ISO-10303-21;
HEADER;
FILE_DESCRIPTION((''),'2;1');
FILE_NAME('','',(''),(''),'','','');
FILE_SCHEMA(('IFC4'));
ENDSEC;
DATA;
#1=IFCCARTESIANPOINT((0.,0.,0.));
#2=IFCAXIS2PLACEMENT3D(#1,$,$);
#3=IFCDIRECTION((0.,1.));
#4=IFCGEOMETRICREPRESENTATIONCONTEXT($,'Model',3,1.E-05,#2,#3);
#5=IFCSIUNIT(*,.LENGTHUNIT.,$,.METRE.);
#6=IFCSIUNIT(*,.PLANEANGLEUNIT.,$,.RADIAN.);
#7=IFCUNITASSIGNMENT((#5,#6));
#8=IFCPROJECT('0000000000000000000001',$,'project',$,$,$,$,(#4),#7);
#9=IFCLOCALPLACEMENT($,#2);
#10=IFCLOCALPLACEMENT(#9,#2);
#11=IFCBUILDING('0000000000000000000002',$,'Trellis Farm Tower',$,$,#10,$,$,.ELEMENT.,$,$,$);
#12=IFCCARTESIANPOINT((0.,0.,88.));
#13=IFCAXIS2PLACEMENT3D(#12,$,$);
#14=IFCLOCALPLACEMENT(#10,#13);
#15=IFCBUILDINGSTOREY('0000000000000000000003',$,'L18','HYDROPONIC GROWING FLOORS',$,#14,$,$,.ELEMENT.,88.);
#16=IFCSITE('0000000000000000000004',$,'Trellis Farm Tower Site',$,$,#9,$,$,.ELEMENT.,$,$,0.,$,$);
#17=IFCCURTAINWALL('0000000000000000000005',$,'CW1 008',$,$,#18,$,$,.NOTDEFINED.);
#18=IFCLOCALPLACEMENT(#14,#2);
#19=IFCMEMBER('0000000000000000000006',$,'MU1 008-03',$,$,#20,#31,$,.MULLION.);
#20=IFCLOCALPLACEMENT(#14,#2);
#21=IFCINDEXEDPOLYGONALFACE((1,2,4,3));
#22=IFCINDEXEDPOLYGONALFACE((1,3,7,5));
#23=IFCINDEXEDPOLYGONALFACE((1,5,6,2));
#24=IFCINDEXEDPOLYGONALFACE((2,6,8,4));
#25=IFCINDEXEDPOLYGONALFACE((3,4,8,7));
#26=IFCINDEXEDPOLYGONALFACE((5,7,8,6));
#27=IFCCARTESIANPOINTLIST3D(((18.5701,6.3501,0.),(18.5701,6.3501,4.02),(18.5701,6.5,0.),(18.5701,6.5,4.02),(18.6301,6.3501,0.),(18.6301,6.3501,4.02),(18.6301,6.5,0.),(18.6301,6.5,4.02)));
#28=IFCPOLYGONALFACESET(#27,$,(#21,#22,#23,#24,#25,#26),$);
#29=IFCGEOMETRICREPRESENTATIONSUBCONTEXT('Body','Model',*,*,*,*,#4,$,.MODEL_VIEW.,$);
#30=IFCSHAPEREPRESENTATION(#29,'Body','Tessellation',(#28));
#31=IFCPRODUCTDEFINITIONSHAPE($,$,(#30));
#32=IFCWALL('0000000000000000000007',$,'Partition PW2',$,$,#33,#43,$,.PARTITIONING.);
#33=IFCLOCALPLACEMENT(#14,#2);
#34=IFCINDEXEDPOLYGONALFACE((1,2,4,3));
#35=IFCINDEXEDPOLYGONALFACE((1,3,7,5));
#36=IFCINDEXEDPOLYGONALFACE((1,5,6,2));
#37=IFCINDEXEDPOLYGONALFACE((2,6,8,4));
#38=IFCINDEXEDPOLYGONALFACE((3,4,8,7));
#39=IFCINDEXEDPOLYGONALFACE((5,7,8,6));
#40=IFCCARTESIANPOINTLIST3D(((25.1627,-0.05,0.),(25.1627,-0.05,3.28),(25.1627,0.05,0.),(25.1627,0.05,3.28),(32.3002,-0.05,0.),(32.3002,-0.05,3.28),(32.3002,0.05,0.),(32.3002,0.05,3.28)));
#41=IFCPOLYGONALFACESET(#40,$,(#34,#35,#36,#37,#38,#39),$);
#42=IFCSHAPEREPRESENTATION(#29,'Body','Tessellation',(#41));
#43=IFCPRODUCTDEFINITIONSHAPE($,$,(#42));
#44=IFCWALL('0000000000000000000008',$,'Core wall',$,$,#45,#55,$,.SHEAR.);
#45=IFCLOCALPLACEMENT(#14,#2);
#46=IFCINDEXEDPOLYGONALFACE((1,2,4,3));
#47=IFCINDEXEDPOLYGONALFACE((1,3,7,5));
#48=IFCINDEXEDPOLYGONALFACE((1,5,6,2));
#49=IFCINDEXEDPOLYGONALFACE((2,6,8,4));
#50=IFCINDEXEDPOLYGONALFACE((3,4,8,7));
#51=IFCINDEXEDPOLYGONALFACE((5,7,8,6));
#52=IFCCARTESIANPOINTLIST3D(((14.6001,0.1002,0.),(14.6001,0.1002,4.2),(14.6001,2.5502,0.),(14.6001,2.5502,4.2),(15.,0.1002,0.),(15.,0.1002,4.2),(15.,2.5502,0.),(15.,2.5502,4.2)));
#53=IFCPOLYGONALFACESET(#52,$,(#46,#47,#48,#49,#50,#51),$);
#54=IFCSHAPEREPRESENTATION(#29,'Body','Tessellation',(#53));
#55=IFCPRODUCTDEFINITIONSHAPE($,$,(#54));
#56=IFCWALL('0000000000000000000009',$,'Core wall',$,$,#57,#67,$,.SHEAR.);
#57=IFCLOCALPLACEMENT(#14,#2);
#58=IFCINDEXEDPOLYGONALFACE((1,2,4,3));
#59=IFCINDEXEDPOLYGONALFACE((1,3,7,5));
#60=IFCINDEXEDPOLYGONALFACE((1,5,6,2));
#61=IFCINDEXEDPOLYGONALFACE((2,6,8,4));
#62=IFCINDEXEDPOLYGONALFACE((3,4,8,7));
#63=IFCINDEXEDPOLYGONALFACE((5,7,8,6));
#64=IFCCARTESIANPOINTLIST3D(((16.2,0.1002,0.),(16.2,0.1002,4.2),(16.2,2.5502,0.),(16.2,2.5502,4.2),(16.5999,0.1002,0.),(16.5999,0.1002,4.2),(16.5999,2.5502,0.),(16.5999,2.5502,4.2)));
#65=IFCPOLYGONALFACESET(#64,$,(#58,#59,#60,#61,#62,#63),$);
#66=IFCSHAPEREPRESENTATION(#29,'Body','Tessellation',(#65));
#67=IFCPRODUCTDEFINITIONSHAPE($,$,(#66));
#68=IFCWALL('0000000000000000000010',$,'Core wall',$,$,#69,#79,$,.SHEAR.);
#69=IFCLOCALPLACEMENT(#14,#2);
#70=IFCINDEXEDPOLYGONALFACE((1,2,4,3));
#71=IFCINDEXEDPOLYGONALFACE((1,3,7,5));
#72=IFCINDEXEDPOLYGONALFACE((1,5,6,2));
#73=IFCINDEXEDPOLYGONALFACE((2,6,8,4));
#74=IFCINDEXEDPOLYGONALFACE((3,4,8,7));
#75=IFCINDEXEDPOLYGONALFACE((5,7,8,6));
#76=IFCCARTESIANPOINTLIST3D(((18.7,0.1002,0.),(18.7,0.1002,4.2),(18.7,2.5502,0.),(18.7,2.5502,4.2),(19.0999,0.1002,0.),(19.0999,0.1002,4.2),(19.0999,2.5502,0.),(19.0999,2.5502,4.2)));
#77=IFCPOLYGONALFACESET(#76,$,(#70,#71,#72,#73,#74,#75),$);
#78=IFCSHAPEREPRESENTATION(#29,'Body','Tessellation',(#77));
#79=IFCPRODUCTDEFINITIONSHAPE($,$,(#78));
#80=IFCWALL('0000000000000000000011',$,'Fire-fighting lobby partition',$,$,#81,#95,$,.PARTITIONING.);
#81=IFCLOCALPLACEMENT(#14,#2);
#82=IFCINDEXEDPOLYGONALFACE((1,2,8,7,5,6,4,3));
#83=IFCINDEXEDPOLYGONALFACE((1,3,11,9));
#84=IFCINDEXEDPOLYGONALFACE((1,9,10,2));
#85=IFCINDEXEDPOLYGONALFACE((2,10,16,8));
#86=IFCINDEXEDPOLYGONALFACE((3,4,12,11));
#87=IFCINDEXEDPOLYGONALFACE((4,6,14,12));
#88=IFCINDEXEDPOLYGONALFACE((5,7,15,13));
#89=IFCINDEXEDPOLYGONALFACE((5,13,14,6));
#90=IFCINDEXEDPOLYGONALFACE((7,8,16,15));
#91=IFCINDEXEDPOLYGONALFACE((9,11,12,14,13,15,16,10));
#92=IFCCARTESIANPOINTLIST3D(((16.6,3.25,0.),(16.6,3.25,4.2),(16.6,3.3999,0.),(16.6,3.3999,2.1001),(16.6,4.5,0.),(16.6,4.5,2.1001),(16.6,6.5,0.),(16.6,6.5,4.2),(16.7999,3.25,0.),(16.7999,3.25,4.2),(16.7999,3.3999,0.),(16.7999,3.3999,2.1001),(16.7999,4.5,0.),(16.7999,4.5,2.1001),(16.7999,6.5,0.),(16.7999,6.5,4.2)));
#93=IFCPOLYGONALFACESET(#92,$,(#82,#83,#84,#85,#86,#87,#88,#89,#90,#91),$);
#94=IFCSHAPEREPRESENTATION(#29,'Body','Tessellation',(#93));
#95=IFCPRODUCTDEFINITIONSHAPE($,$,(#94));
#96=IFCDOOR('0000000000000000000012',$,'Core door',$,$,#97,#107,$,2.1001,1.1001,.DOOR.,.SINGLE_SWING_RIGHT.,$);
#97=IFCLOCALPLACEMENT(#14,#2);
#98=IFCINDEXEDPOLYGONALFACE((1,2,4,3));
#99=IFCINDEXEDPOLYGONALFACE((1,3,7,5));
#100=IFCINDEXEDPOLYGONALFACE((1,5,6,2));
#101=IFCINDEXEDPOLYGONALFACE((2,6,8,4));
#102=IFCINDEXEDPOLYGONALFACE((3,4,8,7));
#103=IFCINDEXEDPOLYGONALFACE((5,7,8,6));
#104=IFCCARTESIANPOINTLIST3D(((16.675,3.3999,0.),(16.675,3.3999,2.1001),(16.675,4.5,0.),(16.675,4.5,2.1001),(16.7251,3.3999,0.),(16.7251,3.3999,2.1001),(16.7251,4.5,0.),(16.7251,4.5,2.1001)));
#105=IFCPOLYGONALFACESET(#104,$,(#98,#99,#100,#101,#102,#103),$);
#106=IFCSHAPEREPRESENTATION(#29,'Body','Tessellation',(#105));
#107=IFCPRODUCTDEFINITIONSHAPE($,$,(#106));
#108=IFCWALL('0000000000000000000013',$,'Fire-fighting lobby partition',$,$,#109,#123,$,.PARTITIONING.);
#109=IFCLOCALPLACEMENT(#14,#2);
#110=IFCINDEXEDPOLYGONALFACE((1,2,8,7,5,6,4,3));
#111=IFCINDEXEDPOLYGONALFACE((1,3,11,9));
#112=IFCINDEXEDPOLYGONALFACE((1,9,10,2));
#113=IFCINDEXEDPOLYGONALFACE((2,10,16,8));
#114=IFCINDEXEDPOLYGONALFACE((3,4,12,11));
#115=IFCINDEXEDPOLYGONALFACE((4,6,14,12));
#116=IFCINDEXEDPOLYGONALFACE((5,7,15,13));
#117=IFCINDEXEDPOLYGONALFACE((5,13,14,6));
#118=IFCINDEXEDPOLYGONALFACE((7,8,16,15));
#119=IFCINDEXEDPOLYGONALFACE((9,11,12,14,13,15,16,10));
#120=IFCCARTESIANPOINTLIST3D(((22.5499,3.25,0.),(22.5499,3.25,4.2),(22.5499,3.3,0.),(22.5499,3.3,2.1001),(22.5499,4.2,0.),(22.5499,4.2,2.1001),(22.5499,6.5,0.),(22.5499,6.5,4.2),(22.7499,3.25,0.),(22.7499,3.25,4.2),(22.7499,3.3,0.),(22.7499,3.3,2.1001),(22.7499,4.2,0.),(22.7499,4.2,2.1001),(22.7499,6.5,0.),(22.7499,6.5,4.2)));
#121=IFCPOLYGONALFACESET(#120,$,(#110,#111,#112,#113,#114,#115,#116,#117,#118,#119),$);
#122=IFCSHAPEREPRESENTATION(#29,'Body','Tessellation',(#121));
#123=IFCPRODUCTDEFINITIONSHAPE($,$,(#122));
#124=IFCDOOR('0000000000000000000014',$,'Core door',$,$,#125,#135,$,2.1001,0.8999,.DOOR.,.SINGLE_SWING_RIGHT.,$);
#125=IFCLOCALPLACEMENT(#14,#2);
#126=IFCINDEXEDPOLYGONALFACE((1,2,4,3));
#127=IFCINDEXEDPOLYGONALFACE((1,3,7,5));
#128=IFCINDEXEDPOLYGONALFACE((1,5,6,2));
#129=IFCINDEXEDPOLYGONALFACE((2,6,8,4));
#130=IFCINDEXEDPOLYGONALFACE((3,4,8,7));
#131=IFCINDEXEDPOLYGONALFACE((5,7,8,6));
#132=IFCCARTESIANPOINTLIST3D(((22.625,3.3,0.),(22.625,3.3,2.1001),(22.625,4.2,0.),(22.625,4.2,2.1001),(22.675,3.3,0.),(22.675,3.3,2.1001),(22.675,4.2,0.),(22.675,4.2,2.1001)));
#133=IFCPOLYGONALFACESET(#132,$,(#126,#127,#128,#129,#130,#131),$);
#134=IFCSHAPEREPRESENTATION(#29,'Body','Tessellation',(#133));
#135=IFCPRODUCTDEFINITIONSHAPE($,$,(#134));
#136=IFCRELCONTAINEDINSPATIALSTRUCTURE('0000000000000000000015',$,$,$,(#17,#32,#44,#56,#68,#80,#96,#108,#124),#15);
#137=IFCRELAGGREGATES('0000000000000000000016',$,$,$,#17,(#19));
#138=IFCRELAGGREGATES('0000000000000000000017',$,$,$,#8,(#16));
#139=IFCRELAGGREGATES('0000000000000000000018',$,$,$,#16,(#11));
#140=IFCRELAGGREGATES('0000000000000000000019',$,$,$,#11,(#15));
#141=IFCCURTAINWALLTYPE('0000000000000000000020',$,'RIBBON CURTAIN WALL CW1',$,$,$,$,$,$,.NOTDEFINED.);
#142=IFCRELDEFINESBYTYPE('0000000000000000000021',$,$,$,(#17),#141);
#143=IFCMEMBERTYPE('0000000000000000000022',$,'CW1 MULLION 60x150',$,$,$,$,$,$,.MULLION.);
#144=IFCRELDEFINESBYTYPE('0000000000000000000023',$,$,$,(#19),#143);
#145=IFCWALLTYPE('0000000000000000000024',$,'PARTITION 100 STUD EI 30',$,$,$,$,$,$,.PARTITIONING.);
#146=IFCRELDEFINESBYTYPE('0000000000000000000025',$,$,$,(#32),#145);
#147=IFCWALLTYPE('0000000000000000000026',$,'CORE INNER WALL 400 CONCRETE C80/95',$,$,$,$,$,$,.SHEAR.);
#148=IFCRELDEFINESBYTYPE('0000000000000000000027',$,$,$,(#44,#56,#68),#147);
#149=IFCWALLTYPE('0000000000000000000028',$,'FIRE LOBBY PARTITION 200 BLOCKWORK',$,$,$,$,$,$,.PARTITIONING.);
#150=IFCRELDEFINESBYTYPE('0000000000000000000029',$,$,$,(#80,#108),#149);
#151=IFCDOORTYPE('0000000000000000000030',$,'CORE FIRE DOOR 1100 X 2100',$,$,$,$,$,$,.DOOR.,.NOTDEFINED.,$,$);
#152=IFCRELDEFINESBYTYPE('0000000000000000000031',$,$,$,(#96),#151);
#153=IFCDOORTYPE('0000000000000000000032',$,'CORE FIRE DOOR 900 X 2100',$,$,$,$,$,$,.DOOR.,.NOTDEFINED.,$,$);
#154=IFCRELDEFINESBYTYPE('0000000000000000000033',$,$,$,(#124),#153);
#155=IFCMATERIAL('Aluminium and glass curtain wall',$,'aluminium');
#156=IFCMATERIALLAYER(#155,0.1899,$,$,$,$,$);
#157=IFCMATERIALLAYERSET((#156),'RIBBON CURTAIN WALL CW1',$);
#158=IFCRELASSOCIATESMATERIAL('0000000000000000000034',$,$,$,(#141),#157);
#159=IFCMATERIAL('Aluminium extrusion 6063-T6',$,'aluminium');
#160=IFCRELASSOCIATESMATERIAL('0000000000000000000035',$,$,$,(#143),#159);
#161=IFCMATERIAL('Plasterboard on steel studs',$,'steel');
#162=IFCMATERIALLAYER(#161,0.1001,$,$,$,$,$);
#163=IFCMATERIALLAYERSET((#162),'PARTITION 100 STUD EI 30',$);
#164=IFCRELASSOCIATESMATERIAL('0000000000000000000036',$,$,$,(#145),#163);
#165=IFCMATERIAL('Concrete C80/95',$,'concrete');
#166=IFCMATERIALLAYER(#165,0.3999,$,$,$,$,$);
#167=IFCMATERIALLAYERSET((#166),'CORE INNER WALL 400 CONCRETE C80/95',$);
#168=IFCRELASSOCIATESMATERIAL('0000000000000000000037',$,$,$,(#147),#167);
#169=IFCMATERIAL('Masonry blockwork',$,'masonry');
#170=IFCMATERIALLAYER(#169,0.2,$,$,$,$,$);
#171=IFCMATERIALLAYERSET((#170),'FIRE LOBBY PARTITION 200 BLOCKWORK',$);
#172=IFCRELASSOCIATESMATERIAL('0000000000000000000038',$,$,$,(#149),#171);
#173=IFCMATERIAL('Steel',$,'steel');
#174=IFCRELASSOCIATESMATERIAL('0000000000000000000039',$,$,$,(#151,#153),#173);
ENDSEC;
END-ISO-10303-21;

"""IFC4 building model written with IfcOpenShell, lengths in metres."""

from ifc_helpers import new_model, si_unit, direction, frame, frame_2d, origin, origin_2d, place, context, subcontext, project, spatial, rectangle, extrude, source, transform, mapped, material, layer, layer_set, material_profile, profile_set, type_object, element, fill, aggregate, save


model = new_model("IFC4")

# Units and contexts
model_context = context("Model", 3, precision=1e-05, world=origin(), true_north=direction((0.0, 1.0)))
body_context = subcontext(model_context, "Body", "Model", "MODEL_VIEW")
ifc_project = project(units=[si_unit("LENGTHUNIT", "METRE"), si_unit("PLANEANGLEUNIT", "RADIAN")], contexts=[model_context])

# Site, building, storey
site_placement = place(None, origin())
site = spatial("IfcSite", under=ifc_project, at=site_placement, Name="Trellis Farm Tower Site", CompositionType="ELEMENT", RefElevation=0.0)
building_placement = place(site_placement, origin())
building = spatial("IfcBuilding", under=site, at=building_placement, Name="Trellis Farm Tower", CompositionType="ELEMENT")
storey_placement = place(building_placement, frame((0.0, 0.0, 88.0)))
storey = spatial("IfcBuildingStorey", under=building, at=storey_placement, Name="L18", Description="HYDROPONIC GROWING FLOORS", CompositionType="ELEMENT", Elevation=88.0)

# Shared definitions
ifc_material_1 = material(Name="Concrete C80/95", Category="concrete")

# Shared definitions
ifc_material_2 = material(Name="Aluminium and glass curtain wall", Category="aluminium")
ifc_layer_1 = layer(ifc_material_2, 0.1899)
ifc_layer_set_1 = layer_set([ifc_layer_1], Name="RIBBON CURTAIN WALL CW1")
curtain_wall_type = type_object("IfcCurtainWallType", Name="RIBBON CURTAIN WALL CW1", PredefinedType="NOTDEFINED", material=ifc_layer_set_1)
placement = place(storey_placement, origin())
ifc_material_3 = material(Name="Aluminium extrusion 6063-T6", Category="aluminium")
ifc_material_profile_1 = material_profile(ifc_material_3, rectangle(XDim=0.0601, YDim=0.1499, at=origin_2d()), Name="MULLION 60x150")
ifc_profile_set_1 = profile_set([ifc_material_profile_1], Name="Aluminium extrusion 6063-T6")
member_type = type_object("IfcMemberType", Name="CW1 MULLION 60x150", PredefinedType="MULLION", material=ifc_profile_set_1)
shared_shape_1 = source(origin(), body_context, "Body", "SweptSolid", [
    extrude(rectangle(XDim=0.0601, YDim=0.1499, at=origin_2d()), origin(), (0.0, 0.0, 1.0), 4.02),
])

# Curtain wall, member
curtain_wall_1 = element("IfcCurtainWall", 1, at=placement, inside=storey, type_object=curtain_wall_type, Name="CW1 008", PredefinedType="NOTDEFINED")
member_1_placement = place(storey_placement, frame((18.6001, 6.425, 0.0), z_axis=(0.0, 0.0, 1.0), x_axis=(-1.0, 0.0, 0.0)))
member_1 = element("IfcMember", 2, at=member_1_placement, type_object=member_type, Name="MU1 008-03", PredefinedType="MULLION", context=body_context, shape_type="MappedRepresentation", body=[
    mapped(shared_shape_1, transform((0.0, 0.0, 0.0))),
])
aggregate(curtain_wall_1, [member_1])

# Walls
ifc_material_4 = material(Name="Plasterboard on steel studs", Category="steel")
ifc_layer_2 = layer(ifc_material_4, 0.1001)
ifc_layer_set_2 = layer_set([ifc_layer_2], Name="PARTITION 100 STUD EI 30")
wall_type_1 = type_object("IfcWallType", Name="PARTITION 100 STUD EI 30", PredefinedType="PARTITIONING", material=ifc_layer_set_2)
wall_1_placement = place(storey_placement, frame((25.1626, 0.0, 0.0), z_axis=(0.0, 0.0, 1.0), x_axis=(1.0, 0.0, 0.0)))
element("IfcWall", 3, at=wall_1_placement, inside=storey, type_object=wall_type_1, Name="Partition PW2", PredefinedType="PARTITIONING", context=body_context, shape_type="SweptSolid", body=[
    extrude(rectangle(XDim=7.1375, YDim=0.1001, at=frame_2d((3.5688, 0.0))), origin(), (0.0, 0.0, 1.0), 3.28),
])
ifc_layer_3 = layer(ifc_material_1, 0.3999)
ifc_layer_set_3 = layer_set([ifc_layer_3], Name="CORE INNER WALL 400 CONCRETE C80/95")
wall_type_2 = type_object("IfcWallType", Name="CORE INNER WALL 400 CONCRETE C80/95", PredefinedType="SHEAR", material=ifc_layer_set_3)
shared_shape_2 = source(origin(), body_context, "Body", "SweptSolid", [
    extrude(rectangle(XDim=2.45, YDim=0.3999, at=frame_2d((1.2251, 0.0))), origin(), (0.0, 0.0, 1.0), 4.2),
])
for number, where, z_axis, x_axis, name in (
    (4, (14.8, 0.1001, 0.0), (0.0, 0.0, 1.0), (0.0, 1.0, 0.0), "Core wall"),
    (5, (16.3999, 0.1001, 0.0), (0.0, 0.0, 1.0), (0.0, 1.0, 0.0), "Core wall"),
    (6, (18.8999, 0.1001, 0.0), (0.0, 0.0, 1.0), (0.0, 1.0, 0.0), "Core wall"),
):
    element("IfcWall", number, at=place(storey_placement, frame(where, z_axis=z_axis, x_axis=x_axis)), inside=storey, type_object=wall_type_2, Name=name, PredefinedType="SHEAR", context=body_context, shape_type="MappedRepresentation", body=[
        mapped(shared_shape_2, transform((0.0, 0.0, 0.0))),
    ])

# Walls, openings, doors
ifc_material_5 = material(Name="Masonry blockwork", Category="masonry")
ifc_layer_4 = layer(ifc_material_5, 0.2)
ifc_layer_set_4 = layer_set([ifc_layer_4], Name="FIRE LOBBY PARTITION 200 BLOCKWORK")
wall_type_3 = type_object("IfcWallType", Name="FIRE LOBBY PARTITION 200 BLOCKWORK", PredefinedType="PARTITIONING", material=ifc_layer_set_4)
shared_shape_3 = source(origin(), body_context, "Body", "SweptSolid", [
    extrude(rectangle(XDim=3.25, YDim=0.2, at=frame_2d((1.625, 0.0))), origin(), (0.0, 0.0, 1.0), 4.2),
])
wall_2_placement = place(storey_placement, frame((16.7, 3.25, 0.0), z_axis=(0.0, 0.0, 1.0), x_axis=(0.0, 1.0, 0.0)))
wall_2 = element("IfcWall", 7, at=wall_2_placement, inside=storey, type_object=wall_type_3, Name="Fire-fighting lobby partition", PredefinedType="PARTITIONING", context=body_context, shape_type="MappedRepresentation", body=[
    mapped(shared_shape_3, transform((0.0, 0.0, 0.0))),
])
shared_shape_4 = source(origin(), body_context, "Body", "SweptSolid", [
    extrude(rectangle(XDim=1.1001, YDim=2.1001, at=frame_2d((0.55, 1.05))), frame((0.0, 0.1101, 0.0), z_axis=(0.0, -1.0, 0.0), x_axis=(1.0, 0.0, 0.0)), (0.0, 0.0, 1.0), 0.2202),
])
opening_1_placement = place(wall_2_placement, frame((0.1499, 0.0, 0.0)))
opening_1 = element("IfcOpeningElement", 8, at=opening_1_placement, cuts=wall_2, PredefinedType="OPENING", context=body_context, shape_type="MappedRepresentation", body=[
    mapped(shared_shape_4, transform((0.0, 0.0, 0.0))),
])
ifc_material_6 = material(Name="Steel", Category="steel")
door_type_1 = type_object("IfcDoorType", Name="CORE FIRE DOOR 1100 X 2100", OperationType="NOTDEFINED", PredefinedType="DOOR", material=ifc_material_6)
shared_shape_5 = source(origin(), body_context, "Body", "SweptSolid", [
    extrude(rectangle(XDim=1.1001, YDim=2.1001, at=frame_2d((0.55, 1.05))), frame((0.0, 0.0249, 0.0), z_axis=(0.0, -1.0, 0.0), x_axis=(1.0, 0.0, 0.0)), (0.0, 0.0, 1.0), 0.05),
])
door_1_placement = place(opening_1_placement, origin())
door_1 = element("IfcDoor", 9, at=door_1_placement, inside=storey, type_object=door_type_1, Name="Core door", OperationType="SINGLE_SWING_RIGHT", OverallHeight=2.1001, OverallWidth=1.1001, PredefinedType="DOOR", context=body_context, shape_type="MappedRepresentation", body=[
    mapped(shared_shape_5, transform((0.0, 0.0, 0.0))),
])
fill(opening_1, door_1)
wall_3_placement = place(storey_placement, frame((22.6499, 3.25, 0.0), z_axis=(0.0, 0.0, 1.0), x_axis=(0.0, 1.0, 0.0)))
wall_3 = element("IfcWall", 10, at=wall_3_placement, inside=storey, type_object=wall_type_3, Name="Fire-fighting lobby partition", PredefinedType="PARTITIONING", context=body_context, shape_type="MappedRepresentation", body=[
    mapped(shared_shape_3, transform((0.0, 0.0, 0.0))),
])
shared_shape_6 = source(origin(), body_context, "Body", "SweptSolid", [
    extrude(rectangle(XDim=0.8999, YDim=2.1001, at=frame_2d((0.45, 1.05))), frame((0.0, 0.1101, 0.0), z_axis=(0.0, -1.0, 0.0), x_axis=(1.0, 0.0, 0.0)), (0.0, 0.0, 1.0), 0.2202),
])
opening_2_placement = place(wall_3_placement, frame((0.05, 0.0, 0.0)))
opening_2 = element("IfcOpeningElement", 11, at=opening_2_placement, cuts=wall_3, PredefinedType="OPENING", context=body_context, shape_type="MappedRepresentation", body=[
    mapped(shared_shape_6, transform((0.0, 0.0, 0.0))),
])
door_type_2 = type_object("IfcDoorType", Name="CORE FIRE DOOR 900 X 2100", OperationType="NOTDEFINED", PredefinedType="DOOR", material=ifc_material_6)
shared_shape_7 = source(origin(), body_context, "Body", "SweptSolid", [
    extrude(rectangle(XDim=0.8999, YDim=2.1001, at=frame_2d((0.45, 1.05))), frame((0.0, 0.0249, 0.0), z_axis=(0.0, -1.0, 0.0), x_axis=(1.0, 0.0, 0.0)), (0.0, 0.0, 1.0), 0.05),
])
door_2_placement = place(opening_2_placement, origin())
door_2 = element("IfcDoor", 12, at=door_2_placement, inside=storey, type_object=door_type_2, Name="Core door", OperationType="SINGLE_SWING_RIGHT", OverallHeight=2.1001, OverallWidth=0.8999, PredefinedType="DOOR", context=body_context, shape_type="MappedRepresentation", body=[
    mapped(shared_shape_7, transform((0.0, 0.0, 0.0))),
])
fill(opening_2, door_2)

save(model, "model.ifc")
